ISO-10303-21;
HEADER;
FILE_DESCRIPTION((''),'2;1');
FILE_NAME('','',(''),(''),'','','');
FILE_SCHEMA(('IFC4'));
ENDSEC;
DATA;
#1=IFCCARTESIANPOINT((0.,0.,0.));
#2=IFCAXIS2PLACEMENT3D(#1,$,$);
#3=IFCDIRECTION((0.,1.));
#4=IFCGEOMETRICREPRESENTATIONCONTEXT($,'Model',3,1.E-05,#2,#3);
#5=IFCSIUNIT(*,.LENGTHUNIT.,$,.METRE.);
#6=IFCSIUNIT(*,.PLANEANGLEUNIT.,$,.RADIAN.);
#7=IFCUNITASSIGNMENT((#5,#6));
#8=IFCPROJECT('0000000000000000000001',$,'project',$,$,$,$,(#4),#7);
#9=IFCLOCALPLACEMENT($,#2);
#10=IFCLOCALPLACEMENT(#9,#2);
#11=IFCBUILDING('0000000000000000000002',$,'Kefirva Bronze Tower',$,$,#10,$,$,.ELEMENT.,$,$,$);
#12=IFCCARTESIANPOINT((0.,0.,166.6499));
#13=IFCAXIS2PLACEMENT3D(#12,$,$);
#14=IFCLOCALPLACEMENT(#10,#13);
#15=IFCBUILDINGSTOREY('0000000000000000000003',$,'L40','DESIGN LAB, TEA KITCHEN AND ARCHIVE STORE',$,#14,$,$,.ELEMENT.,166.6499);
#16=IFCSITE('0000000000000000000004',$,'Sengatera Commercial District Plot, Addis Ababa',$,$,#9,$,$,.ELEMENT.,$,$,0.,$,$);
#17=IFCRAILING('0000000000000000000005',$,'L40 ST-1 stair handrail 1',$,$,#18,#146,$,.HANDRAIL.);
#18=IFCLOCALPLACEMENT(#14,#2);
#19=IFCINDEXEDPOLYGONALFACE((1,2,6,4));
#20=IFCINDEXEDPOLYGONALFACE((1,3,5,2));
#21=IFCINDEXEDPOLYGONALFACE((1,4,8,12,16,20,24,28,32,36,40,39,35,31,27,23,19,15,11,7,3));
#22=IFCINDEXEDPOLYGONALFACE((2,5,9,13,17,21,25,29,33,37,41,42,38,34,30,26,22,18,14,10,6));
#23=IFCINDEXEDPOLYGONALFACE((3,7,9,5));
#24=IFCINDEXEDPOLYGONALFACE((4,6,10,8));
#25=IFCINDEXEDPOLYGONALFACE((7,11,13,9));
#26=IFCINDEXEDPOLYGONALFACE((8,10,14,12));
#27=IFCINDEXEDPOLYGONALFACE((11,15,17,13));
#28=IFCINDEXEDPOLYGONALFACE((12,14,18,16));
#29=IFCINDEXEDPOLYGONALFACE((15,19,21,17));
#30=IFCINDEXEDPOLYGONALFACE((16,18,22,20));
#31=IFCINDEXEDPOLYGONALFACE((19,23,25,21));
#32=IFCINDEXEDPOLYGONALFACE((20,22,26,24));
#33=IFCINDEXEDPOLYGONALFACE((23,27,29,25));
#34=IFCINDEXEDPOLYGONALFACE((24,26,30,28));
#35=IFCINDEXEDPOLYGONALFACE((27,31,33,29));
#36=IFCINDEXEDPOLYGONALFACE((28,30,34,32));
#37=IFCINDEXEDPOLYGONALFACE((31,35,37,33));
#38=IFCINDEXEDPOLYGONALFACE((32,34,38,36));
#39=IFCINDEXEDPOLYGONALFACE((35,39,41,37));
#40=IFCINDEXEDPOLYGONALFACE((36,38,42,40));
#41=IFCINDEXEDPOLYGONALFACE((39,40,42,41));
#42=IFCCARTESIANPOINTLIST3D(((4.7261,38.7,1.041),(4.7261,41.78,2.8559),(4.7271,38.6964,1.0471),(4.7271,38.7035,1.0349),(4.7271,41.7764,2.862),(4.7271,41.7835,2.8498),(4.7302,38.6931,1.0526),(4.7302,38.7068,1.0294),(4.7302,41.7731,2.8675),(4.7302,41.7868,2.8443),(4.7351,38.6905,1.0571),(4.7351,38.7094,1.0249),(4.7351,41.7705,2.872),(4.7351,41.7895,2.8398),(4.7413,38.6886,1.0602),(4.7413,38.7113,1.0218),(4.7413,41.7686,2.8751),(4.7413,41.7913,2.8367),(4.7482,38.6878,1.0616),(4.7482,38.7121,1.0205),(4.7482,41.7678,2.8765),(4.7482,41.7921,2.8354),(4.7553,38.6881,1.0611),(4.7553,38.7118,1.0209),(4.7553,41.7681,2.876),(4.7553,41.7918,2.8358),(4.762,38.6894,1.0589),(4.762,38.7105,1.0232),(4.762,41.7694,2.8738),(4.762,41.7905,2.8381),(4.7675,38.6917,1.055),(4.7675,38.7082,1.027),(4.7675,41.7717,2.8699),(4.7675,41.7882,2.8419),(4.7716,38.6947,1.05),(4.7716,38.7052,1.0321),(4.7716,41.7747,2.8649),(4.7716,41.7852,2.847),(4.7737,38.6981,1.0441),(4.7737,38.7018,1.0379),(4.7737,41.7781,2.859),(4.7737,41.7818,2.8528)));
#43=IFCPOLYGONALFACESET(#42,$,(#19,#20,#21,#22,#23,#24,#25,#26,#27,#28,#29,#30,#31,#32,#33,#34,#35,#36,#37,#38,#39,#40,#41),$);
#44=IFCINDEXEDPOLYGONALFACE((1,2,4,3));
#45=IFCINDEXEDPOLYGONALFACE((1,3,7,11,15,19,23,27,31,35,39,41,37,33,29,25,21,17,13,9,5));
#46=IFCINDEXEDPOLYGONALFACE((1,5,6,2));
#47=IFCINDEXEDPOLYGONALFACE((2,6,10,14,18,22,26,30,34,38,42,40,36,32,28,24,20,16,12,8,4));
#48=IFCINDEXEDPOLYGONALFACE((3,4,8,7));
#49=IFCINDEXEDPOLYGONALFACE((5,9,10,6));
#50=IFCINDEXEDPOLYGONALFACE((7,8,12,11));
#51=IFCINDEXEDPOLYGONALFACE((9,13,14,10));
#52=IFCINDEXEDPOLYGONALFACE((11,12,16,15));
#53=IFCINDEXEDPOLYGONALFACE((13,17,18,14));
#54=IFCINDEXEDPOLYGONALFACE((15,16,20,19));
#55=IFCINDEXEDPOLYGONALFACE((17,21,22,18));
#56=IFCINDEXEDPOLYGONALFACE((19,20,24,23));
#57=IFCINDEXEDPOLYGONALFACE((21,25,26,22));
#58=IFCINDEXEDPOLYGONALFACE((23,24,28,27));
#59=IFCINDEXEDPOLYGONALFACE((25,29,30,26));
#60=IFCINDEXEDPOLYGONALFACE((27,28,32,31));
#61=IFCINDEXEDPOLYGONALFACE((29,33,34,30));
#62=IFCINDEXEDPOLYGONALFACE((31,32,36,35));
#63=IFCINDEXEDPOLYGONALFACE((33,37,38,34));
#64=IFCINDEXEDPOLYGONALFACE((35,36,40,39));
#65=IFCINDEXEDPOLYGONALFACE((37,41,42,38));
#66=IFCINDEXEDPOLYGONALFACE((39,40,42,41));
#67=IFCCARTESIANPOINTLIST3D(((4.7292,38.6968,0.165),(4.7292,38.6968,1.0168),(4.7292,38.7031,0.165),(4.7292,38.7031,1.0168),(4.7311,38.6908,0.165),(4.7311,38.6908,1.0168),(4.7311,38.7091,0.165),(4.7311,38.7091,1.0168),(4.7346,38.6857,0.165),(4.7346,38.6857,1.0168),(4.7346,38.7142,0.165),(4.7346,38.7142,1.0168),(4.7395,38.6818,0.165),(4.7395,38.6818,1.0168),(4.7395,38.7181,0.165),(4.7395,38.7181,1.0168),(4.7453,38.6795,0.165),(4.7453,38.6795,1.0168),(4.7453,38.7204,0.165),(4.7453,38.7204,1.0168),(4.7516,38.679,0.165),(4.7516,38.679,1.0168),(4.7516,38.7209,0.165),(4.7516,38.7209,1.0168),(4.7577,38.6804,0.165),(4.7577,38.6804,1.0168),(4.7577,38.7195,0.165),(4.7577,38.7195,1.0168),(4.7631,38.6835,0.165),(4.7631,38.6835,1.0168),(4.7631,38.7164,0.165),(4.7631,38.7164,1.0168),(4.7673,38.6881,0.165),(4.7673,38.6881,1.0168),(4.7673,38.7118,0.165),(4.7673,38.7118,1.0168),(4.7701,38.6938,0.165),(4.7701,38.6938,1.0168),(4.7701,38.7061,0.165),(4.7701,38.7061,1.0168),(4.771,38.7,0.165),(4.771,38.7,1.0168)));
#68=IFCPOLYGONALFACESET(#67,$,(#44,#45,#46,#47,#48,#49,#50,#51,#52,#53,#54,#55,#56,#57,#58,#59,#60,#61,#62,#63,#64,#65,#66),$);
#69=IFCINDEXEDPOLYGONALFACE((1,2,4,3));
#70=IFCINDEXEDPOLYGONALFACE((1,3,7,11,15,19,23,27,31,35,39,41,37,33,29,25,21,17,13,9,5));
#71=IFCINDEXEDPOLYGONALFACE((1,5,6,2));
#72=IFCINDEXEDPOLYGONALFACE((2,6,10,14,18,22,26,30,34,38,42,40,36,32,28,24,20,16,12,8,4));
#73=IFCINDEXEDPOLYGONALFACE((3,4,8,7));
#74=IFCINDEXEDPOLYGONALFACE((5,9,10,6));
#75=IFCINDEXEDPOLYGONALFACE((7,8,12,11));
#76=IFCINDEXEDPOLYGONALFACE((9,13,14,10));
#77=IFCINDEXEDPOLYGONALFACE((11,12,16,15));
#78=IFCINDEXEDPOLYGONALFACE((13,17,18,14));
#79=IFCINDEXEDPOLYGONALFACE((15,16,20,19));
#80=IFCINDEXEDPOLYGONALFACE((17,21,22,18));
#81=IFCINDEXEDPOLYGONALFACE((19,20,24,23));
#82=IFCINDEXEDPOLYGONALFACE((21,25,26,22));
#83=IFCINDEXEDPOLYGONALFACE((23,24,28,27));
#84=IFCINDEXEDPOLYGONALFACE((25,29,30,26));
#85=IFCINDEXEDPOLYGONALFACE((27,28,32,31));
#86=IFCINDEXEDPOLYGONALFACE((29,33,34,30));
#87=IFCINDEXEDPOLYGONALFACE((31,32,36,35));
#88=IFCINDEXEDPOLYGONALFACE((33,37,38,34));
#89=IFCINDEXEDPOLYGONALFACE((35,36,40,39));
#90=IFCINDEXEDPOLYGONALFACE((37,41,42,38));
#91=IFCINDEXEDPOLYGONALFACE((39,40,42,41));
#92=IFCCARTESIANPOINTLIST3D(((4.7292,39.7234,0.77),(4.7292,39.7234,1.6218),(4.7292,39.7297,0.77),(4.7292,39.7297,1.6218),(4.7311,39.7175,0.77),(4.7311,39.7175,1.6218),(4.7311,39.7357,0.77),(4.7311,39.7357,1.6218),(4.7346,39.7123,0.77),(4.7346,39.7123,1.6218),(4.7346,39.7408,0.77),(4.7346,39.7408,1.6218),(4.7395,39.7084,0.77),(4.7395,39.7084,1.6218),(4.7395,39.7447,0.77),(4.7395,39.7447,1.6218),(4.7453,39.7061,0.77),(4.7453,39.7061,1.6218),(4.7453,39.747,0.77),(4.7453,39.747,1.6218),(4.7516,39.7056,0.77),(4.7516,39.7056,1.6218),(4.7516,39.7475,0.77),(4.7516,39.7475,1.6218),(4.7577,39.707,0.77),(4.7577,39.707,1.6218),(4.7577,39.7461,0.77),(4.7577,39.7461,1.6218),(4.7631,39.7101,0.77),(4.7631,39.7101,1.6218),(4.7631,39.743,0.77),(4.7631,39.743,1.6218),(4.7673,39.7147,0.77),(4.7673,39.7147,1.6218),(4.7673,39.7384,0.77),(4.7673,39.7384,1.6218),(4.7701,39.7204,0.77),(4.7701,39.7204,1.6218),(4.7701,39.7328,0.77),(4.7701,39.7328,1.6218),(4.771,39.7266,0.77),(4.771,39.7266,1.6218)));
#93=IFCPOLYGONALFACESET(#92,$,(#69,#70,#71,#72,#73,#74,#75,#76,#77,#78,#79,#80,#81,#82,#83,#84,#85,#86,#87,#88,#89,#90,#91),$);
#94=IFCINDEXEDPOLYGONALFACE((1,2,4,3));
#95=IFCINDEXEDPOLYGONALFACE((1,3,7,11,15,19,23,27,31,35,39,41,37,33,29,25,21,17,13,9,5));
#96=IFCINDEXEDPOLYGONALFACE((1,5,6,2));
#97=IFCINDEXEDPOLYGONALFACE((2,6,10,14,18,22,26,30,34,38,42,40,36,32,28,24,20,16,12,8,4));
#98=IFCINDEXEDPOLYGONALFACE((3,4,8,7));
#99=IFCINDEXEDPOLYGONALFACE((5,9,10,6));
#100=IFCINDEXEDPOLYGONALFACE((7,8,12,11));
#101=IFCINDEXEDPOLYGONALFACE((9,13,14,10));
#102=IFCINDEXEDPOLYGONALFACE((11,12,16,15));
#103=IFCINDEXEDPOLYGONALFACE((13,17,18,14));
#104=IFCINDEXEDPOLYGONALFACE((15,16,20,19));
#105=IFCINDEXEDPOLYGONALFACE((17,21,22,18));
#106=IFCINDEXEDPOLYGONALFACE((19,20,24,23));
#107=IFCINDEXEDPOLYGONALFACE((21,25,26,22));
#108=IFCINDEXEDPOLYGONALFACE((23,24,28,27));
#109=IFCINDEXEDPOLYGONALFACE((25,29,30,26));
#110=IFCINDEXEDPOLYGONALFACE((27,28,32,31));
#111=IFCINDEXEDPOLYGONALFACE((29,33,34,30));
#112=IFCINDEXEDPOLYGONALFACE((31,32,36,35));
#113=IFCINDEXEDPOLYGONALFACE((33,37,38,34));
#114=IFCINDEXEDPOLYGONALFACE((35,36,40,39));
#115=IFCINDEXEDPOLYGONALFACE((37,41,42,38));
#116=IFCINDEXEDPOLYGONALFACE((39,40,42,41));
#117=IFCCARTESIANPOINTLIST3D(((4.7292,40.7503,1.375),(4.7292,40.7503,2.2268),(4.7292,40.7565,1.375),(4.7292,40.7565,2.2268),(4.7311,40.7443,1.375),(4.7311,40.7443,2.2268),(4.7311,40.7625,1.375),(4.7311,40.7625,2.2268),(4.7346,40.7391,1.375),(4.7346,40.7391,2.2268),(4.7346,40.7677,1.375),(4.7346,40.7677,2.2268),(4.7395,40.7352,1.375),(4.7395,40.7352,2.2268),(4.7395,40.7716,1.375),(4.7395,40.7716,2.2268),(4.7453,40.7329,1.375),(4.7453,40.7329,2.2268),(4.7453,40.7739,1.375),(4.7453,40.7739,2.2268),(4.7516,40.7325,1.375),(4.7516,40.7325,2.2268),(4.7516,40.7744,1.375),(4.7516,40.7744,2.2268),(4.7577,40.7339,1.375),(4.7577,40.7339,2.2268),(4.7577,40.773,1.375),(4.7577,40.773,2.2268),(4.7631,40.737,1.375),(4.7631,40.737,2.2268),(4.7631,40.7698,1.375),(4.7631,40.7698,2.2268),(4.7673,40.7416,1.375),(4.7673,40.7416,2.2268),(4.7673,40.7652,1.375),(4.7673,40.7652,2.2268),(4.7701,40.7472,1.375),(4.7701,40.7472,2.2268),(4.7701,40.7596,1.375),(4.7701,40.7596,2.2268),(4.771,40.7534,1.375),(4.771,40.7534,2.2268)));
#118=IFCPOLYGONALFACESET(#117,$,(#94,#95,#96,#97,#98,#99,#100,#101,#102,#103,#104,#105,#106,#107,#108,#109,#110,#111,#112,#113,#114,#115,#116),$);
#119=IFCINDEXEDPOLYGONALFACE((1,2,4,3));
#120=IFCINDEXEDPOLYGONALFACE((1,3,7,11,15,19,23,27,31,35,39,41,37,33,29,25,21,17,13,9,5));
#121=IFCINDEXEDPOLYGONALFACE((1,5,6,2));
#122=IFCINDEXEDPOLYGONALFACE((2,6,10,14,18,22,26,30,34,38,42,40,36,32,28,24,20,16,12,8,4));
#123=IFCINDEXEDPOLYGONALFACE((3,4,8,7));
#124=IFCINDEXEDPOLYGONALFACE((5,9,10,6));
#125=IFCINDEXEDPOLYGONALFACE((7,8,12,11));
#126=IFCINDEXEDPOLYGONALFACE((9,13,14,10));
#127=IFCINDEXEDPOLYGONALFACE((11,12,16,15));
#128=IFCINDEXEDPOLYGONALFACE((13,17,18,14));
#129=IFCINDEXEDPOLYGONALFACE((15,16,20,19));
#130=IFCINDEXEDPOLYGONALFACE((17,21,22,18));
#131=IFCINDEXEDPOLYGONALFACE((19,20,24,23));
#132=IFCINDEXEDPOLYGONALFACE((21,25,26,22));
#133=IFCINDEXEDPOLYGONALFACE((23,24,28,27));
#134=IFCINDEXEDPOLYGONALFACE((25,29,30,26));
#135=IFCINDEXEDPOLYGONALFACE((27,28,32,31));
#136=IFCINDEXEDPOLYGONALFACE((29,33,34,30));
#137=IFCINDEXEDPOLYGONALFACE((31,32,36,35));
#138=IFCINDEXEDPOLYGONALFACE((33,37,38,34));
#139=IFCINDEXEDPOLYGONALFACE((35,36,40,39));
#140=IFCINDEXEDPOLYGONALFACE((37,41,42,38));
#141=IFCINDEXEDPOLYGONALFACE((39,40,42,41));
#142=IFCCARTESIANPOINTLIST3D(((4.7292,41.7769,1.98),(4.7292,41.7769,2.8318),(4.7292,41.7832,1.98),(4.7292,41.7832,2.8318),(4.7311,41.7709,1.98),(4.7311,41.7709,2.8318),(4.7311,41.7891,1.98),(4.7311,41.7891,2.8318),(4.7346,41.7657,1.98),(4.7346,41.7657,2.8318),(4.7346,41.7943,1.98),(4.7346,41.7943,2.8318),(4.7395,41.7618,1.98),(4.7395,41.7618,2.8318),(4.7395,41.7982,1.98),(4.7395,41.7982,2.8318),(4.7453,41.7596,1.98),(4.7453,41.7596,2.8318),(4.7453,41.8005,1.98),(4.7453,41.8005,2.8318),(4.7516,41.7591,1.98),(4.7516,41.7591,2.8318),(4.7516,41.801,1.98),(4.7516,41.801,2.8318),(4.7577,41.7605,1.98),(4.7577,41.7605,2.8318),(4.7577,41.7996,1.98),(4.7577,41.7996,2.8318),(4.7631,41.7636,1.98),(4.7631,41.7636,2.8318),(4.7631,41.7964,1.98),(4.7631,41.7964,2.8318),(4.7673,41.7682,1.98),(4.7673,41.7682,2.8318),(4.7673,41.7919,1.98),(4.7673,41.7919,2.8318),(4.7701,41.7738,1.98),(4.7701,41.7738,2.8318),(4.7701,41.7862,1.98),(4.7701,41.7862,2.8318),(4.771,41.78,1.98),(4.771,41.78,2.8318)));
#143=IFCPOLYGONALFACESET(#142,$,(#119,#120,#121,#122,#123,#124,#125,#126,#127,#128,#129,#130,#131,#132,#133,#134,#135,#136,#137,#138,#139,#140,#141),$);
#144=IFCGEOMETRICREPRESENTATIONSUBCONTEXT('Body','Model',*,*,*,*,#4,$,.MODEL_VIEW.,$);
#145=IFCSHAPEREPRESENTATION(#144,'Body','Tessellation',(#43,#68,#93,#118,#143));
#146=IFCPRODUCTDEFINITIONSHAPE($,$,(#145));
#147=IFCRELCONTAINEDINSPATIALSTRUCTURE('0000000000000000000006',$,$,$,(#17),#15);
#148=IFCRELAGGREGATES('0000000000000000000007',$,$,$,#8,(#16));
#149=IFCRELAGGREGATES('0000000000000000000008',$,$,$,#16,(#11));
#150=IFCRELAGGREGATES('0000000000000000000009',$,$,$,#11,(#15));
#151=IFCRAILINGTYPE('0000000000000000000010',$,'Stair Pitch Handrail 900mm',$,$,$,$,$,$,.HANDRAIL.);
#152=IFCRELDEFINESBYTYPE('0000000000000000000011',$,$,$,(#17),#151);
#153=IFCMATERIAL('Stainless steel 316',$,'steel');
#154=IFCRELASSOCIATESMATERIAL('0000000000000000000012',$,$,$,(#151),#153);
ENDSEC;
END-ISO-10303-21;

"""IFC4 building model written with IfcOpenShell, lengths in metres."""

from ifc_helpers import new_model, si_unit, direction, frame, origin, origin_2d, place, context, subcontext, project, spatial, circle, extrude, material, type_object, element, save


model = new_model("IFC4")

# Units and contexts
model_context = context("Model", 3, precision=1e-05, world=origin(), true_north=direction((0.0, 1.0)))
body_context = subcontext(model_context, "Body", "Model", "MODEL_VIEW")
ifc_project = project(units=[si_unit("LENGTHUNIT", "METRE"), si_unit("PLANEANGLEUNIT", "RADIAN")], contexts=[model_context])

# Site, building, storey
site_placement = place(None, origin())
site = spatial("IfcSite", under=ifc_project, at=site_placement, Name="Sengatera Commercial District Plot, Addis Ababa", CompositionType="ELEMENT", RefElevation=0.0)
building_placement = place(site_placement, origin())
building = spatial("IfcBuilding", under=site, at=building_placement, Name="Kefirva Bronze Tower", CompositionType="ELEMENT")
storey_placement = place(building_placement, frame((0.0, 0.0, 166.6499)))
storey = spatial("IfcBuildingStorey", under=building, at=storey_placement, Name="L40", Description="DESIGN LAB, TEA KITCHEN AND ARCHIVE STORE", CompositionType="ELEMENT", Elevation=166.6499)

# Shared definitions
ifc_material_1 = material(Name="Stainless steel 316", Category="steel")

# Railing
railing_type = type_object("IfcRailingType", Name="Stair Pitch Handrail 900mm", PredefinedType="HANDRAIL", material=ifc_material_1)
railing_placement = place(storey_placement, frame((4.75, 38.7, 0.165)))
element("IfcRailing", 1, at=railing_placement, inside=storey, type_object=railing_type, Name="L40 ST-1 stair handrail 1", PredefinedType="HANDRAIL", context=body_context, shape_type="SweptSolid", body=[
    extrude(circle(Radius=0.0239, at=origin_2d()), frame((0.0, 0.0, 0.876), z_axis=(0.0, 0.861551, 0.507671), x_axis=(-1.0, 0.0, 0.0)), (0.0, 0.0, 1.0), 3.575),
    extrude(circle(Radius=0.021, at=origin_2d()), origin(), (0.0, 0.0, 1.0), 0.8518),
    extrude(circle(Radius=0.021, at=origin_2d()), frame((0.0, 1.0266, 0.605)), (0.0, 0.0, 1.0), 0.8518),
    extrude(circle(Radius=0.021, at=origin_2d()), frame((0.0, 2.0535, 1.21)), (0.0, 0.0, 1.0), 0.8518),
    extrude(circle(Radius=0.021, at=origin_2d()), frame((0.0, 3.0801, 1.8149)), (0.0, 0.0, 1.0), 0.8518),
])

save(model, "model.ifc")
